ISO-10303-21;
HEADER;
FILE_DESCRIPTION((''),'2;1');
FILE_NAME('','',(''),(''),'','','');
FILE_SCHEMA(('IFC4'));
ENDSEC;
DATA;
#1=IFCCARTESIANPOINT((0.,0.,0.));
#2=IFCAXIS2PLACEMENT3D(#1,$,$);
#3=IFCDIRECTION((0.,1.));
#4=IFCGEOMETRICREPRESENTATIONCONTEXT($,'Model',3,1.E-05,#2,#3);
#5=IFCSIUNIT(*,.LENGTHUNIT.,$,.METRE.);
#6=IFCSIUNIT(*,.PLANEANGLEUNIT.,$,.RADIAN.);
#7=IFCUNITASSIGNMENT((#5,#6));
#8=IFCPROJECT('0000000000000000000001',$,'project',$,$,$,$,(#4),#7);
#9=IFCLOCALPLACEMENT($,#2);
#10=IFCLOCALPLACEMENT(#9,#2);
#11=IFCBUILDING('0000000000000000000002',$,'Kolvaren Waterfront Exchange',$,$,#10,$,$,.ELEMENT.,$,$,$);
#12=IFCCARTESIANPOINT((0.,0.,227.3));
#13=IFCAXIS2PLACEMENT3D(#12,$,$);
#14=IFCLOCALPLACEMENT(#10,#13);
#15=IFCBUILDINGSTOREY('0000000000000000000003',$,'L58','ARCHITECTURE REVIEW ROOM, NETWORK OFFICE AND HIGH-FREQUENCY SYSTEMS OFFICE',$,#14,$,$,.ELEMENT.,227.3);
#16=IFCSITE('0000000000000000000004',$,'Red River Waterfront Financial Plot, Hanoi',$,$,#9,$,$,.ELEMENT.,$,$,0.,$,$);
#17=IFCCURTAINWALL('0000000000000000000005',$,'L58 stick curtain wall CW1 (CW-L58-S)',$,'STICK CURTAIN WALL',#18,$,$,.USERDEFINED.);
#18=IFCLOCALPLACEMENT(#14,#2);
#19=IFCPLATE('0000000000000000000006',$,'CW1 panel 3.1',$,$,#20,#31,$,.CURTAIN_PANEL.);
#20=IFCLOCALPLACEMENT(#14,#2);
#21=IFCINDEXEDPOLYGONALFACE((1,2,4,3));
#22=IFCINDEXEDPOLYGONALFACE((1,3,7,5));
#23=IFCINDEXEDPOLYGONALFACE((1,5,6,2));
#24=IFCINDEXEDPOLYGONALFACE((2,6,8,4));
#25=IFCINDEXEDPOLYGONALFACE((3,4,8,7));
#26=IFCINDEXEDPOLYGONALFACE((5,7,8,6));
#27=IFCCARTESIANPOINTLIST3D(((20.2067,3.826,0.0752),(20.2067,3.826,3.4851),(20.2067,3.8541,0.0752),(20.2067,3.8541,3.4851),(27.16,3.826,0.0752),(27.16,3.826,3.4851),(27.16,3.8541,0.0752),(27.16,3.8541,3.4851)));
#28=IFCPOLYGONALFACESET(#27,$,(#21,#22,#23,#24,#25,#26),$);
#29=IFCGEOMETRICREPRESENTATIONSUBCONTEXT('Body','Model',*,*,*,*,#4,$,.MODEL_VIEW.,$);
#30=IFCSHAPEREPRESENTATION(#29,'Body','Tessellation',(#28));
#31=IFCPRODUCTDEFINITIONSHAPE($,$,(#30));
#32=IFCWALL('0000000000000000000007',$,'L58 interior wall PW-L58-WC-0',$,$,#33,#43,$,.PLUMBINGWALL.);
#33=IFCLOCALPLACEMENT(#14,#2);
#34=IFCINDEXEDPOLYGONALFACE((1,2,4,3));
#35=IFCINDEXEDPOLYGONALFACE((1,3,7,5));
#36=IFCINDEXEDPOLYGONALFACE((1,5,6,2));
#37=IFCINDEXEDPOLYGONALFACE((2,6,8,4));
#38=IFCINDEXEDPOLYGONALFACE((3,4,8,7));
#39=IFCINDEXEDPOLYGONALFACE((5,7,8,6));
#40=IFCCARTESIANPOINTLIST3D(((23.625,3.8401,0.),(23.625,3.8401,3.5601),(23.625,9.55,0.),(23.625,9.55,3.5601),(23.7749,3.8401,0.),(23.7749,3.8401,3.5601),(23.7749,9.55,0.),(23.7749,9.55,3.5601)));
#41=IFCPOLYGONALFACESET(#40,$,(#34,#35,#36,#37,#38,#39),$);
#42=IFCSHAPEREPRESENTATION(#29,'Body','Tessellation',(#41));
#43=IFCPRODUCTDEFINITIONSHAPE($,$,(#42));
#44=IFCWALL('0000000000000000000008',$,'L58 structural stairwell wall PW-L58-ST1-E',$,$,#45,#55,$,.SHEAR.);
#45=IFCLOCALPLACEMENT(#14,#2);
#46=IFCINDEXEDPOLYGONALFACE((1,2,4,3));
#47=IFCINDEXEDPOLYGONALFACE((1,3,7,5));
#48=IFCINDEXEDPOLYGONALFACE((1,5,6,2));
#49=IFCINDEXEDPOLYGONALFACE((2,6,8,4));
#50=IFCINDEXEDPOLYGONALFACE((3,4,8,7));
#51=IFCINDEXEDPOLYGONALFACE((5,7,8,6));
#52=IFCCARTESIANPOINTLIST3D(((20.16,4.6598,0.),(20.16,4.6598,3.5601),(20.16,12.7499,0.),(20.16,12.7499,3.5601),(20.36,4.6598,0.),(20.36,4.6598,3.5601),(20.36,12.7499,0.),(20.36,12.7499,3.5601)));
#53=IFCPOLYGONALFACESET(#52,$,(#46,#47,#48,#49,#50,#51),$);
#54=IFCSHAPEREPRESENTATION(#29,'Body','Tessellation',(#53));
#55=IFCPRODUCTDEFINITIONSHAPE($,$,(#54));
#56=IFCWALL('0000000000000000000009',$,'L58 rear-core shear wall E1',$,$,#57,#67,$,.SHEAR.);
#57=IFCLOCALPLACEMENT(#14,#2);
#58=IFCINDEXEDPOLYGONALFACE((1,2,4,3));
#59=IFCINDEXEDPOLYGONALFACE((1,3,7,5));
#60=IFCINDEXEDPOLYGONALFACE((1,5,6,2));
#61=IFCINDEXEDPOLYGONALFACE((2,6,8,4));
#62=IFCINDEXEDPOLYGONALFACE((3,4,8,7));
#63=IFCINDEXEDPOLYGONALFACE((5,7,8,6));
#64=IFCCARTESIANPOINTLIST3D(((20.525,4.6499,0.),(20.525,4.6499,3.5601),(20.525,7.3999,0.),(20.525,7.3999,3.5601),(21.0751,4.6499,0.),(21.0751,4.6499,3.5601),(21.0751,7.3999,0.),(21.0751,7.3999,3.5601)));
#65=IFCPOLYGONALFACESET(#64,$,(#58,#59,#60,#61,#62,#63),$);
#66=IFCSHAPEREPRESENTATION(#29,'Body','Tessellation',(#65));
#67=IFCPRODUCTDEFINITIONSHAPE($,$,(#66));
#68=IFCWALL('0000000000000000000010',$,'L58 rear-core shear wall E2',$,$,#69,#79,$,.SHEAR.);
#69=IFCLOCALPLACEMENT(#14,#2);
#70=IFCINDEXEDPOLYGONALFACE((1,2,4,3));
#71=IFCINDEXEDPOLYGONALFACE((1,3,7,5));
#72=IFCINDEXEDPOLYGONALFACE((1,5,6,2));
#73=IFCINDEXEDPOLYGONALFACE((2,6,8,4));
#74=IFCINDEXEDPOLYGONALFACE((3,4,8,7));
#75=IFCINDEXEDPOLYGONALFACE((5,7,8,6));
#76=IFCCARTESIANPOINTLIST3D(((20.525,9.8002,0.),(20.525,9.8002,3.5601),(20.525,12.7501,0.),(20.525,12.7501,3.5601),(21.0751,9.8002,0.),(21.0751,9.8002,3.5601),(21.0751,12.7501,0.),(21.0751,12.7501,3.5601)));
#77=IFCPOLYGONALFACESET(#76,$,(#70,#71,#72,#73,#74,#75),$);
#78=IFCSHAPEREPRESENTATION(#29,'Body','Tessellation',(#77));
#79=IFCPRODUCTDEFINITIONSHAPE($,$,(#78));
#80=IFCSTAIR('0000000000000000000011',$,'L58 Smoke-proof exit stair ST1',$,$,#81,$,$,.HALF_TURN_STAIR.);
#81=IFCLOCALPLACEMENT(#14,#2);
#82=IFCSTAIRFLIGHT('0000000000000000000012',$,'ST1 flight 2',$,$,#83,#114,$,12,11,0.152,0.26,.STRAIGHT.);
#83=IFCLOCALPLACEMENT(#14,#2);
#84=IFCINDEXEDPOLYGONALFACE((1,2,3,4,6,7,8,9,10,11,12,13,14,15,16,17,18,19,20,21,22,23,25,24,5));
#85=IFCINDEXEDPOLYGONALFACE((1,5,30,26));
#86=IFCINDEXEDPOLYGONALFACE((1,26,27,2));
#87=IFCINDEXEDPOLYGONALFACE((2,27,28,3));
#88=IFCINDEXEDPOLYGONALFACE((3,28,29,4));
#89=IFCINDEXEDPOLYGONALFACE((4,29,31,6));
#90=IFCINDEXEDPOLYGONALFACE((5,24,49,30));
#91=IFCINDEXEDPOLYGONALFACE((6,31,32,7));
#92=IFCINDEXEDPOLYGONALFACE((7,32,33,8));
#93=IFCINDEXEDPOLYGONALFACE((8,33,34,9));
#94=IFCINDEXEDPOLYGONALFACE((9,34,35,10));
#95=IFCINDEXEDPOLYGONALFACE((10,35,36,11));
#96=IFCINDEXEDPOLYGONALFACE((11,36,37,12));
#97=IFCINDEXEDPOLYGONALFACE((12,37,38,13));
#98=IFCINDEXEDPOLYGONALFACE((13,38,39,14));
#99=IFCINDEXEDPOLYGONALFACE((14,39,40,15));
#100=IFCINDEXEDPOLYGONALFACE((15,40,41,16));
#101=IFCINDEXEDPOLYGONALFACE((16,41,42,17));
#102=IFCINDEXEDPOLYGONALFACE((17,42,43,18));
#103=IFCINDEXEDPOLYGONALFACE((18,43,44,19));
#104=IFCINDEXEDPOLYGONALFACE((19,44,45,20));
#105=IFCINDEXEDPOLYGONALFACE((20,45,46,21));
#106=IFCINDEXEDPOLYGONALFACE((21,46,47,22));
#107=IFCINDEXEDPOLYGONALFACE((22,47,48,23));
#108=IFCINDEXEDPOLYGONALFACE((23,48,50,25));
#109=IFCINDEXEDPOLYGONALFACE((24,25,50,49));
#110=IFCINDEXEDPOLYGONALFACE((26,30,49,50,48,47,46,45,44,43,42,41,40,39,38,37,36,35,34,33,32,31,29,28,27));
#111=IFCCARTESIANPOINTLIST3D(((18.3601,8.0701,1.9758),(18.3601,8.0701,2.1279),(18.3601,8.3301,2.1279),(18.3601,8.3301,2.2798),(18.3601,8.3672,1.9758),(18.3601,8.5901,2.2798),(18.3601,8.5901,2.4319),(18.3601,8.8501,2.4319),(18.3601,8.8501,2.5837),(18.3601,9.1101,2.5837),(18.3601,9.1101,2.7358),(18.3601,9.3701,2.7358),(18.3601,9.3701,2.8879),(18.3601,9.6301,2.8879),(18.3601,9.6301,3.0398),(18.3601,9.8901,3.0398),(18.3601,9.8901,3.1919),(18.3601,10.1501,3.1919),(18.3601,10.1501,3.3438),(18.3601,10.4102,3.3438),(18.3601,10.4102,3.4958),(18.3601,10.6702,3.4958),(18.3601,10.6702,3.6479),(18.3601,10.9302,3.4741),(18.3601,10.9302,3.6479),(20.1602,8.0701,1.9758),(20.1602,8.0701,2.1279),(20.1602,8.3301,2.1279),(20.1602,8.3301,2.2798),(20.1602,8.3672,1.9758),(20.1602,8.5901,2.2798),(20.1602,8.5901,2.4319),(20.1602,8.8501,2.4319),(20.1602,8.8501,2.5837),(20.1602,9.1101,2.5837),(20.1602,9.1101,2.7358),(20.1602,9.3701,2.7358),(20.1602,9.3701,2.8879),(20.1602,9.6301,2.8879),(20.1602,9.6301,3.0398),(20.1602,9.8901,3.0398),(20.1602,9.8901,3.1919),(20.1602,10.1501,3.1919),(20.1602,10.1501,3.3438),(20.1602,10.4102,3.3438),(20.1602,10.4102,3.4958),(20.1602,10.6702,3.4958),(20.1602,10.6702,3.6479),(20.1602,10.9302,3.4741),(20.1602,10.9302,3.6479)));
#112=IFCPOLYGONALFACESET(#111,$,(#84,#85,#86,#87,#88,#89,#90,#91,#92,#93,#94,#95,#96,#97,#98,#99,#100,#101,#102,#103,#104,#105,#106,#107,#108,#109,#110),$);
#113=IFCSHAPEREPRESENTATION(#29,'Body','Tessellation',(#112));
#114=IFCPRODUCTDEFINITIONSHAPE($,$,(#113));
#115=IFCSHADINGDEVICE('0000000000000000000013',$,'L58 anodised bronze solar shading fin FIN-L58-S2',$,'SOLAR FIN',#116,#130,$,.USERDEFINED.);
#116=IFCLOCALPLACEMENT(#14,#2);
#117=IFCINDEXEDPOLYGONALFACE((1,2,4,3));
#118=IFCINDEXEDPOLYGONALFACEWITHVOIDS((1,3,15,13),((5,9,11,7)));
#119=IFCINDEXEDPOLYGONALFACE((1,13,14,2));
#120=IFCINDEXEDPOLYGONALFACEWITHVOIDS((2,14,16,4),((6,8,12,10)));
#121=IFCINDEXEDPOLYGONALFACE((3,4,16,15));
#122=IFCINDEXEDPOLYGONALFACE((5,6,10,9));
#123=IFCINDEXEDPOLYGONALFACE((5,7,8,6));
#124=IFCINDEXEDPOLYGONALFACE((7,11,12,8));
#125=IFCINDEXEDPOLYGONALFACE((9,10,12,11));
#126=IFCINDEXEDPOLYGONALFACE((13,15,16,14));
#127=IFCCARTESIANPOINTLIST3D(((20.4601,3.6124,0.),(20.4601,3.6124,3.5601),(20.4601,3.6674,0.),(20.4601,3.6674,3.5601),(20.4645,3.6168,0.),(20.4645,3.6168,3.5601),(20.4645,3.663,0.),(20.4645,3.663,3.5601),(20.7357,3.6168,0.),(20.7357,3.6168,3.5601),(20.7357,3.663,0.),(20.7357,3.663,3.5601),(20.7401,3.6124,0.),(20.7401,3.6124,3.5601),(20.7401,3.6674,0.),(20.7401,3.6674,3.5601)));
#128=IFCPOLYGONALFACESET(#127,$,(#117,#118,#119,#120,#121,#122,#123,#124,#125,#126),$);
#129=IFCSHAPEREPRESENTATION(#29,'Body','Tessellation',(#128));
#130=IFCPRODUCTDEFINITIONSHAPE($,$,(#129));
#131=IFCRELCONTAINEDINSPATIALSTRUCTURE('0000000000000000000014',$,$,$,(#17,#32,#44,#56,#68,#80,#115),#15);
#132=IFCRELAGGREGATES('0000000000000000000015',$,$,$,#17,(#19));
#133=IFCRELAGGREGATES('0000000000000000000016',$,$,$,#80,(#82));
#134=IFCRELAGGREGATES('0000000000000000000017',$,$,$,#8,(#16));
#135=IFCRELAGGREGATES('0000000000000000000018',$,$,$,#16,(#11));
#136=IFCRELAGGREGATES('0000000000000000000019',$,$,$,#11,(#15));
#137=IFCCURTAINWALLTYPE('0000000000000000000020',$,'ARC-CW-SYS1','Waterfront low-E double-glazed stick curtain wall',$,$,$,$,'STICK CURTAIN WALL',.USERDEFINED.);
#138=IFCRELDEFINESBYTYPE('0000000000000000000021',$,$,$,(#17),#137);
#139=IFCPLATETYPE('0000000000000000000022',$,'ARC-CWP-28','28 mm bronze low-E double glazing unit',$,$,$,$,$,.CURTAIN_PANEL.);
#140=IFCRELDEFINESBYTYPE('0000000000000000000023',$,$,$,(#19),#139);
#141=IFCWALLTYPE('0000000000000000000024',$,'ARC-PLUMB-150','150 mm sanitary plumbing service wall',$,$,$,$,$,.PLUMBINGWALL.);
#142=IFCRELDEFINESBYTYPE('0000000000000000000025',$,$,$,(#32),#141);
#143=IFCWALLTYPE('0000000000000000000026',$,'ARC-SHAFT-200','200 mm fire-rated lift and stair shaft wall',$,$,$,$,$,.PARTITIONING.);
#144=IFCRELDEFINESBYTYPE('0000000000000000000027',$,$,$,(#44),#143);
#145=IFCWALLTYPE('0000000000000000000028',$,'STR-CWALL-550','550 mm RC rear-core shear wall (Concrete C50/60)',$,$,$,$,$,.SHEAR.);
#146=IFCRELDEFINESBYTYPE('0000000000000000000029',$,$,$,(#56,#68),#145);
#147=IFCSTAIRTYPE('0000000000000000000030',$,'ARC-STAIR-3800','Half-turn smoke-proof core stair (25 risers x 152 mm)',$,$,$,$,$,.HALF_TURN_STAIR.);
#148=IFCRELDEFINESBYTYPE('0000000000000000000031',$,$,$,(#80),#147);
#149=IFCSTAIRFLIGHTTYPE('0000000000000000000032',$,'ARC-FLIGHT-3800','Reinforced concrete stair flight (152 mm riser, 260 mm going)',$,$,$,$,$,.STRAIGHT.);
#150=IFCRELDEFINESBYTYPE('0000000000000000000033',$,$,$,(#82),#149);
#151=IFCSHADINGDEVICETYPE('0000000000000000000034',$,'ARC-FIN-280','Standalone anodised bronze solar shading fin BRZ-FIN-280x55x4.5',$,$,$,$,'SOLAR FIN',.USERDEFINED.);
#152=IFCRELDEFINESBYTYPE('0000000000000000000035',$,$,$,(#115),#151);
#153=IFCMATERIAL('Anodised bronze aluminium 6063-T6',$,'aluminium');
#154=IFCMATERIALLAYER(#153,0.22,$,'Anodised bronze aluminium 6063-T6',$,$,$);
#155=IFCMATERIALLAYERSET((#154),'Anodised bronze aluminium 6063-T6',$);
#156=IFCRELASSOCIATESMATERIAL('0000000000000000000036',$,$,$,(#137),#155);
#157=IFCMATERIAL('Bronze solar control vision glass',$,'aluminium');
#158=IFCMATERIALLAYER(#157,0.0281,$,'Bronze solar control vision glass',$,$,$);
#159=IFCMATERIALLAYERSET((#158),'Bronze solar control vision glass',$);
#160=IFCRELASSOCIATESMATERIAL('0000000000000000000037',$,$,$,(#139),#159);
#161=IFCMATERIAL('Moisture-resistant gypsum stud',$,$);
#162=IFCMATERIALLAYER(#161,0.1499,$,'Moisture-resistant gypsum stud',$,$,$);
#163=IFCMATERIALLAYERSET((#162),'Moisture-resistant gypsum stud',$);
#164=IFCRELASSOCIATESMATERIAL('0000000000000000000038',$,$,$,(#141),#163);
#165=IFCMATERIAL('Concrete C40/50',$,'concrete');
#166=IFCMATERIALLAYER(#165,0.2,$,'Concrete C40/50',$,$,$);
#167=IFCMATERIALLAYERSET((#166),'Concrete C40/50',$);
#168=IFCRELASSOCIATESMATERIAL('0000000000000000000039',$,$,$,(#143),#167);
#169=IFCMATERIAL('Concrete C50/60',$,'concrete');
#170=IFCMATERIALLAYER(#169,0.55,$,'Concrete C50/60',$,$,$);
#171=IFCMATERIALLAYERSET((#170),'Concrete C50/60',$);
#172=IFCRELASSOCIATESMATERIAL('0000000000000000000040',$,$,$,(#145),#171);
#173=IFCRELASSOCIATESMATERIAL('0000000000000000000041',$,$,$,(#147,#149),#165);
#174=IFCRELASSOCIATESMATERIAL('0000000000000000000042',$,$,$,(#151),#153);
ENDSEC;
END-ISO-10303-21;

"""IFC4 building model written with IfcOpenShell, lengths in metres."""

from ifc_helpers import new_model, si_unit, direction, frame, frame_2d, origin, origin_with_axes, origin_2d, place, context, subcontext, project, spatial, polyline, rectangle, hollow_rectangle, outline, extrude, source, transform, mapped, material, layer, layer_set, material_profile, profile_set, type_object, element, aggregate, save


model = new_model("IFC4")

# Units and contexts
model_context = context("Model", 3, precision=1e-05, world=origin(), true_north=direction((0.0, 1.0)))
body_context = subcontext(model_context, "Body", "Model", "MODEL_VIEW")
ifc_project = project(units=[si_unit("LENGTHUNIT", "METRE"), si_unit("PLANEANGLEUNIT", "RADIAN")], contexts=[model_context])

# Site, building, storey
site_placement = place(None, origin())
site = spatial("IfcSite", under=ifc_project, at=site_placement, Name="Red River Waterfront Financial Plot, Hanoi", CompositionType="ELEMENT", RefElevation=0.0)
building_placement = place(site_placement, origin())
building = spatial("IfcBuilding", under=site, at=building_placement, Name="Kolvaren Waterfront Exchange", CompositionType="ELEMENT")
storey_placement = place(building_placement, frame((0.0, 0.0, 227.3)))
storey = spatial("IfcBuildingStorey", under=building, at=storey_placement, Name="L58", Description="ARCHITECTURE REVIEW ROOM, NETWORK OFFICE AND HIGH-FREQUENCY SYSTEMS OFFICE", CompositionType="ELEMENT", Elevation=227.3)

# Shared definitions
ifc_material_1 = material(Name="Concrete C50/60", Category="concrete")

# Curtain wall, plate
ifc_material_2 = material(Name="Anodised bronze aluminium 6063-T6", Category="aluminium")
ifc_layer_1 = layer(ifc_material_2, 0.22, Name="Anodised bronze aluminium 6063-T6")
ifc_layer_set_1 = layer_set([ifc_layer_1], Name="Anodised bronze aluminium 6063-T6")
curtain_wall_type = type_object("IfcCurtainWallType", Name="ARC-CW-SYS1", Description="Waterfront low-E double-glazed stick curtain wall", ElementType="STICK CURTAIN WALL", PredefinedType="USERDEFINED", material=ifc_layer_set_1)
curtain_wall_placement = place(storey_placement, origin())
curtain_wall = element("IfcCurtainWall", 1, at=curtain_wall_placement, inside=storey, type_object=curtain_wall_type, Name="L58 stick curtain wall CW1 (CW-L58-S)", ObjectType="STICK CURTAIN WALL", PredefinedType="USERDEFINED")
ifc_material_3 = material(Name="Bronze solar control vision glass", Category="aluminium")
ifc_layer_2 = layer(ifc_material_3, 0.0281, Name="Bronze solar control vision glass")
ifc_layer_set_2 = layer_set([ifc_layer_2], Name="Bronze solar control vision glass")
plate_type = type_object("IfcPlateType", Name="ARC-CWP-28", Description="28 mm bronze low-E double glazing unit", PredefinedType="CURTAIN_PANEL", material=ifc_layer_set_2)
shared_shape_1 = source(origin_with_axes(), body_context, "Body", "SweptSolid", [
    extrude(rectangle(XDim=6.9534, YDim=0.0281, at=origin_2d()), origin(), (0.0, 0.0, 1.0), 3.4099),
])
plate_placement = place(storey_placement, frame((23.6833, 3.8401, 0.0752), z_axis=(0.0, 0.0, 1.0), x_axis=(1.0, 0.0, 0.0)))
plate = element("IfcPlate", 2, at=plate_placement, type_object=plate_type, Name="CW1 panel 3.1", PredefinedType="CURTAIN_PANEL", context=body_context, shape_type="MappedRepresentation", body=[
    mapped(shared_shape_1, transform((0.0, 0.0, 0.0), x_axis=(1.0, 0.0, 0.0), y_axis=(0.0, 1.0, 0.0), z_axis=(0.0, 0.0, 1.0), scale=1.0)),
])
aggregate(curtain_wall, [plate])

# Walls
ifc_material_4 = material(Name="Moisture-resistant gypsum stud")
ifc_layer_3 = layer(ifc_material_4, 0.1499, Name="Moisture-resistant gypsum stud")
ifc_layer_set_3 = layer_set([ifc_layer_3], Name="Moisture-resistant gypsum stud")
wall_type_1 = type_object("IfcWallType", Name="ARC-PLUMB-150", Description="150 mm sanitary plumbing service wall", PredefinedType="PLUMBINGWALL", material=ifc_layer_set_3)
wall_1_placement = place(storey_placement, frame((23.7, 3.8401, 0.0), z_axis=(0.0, 0.0, 1.0), x_axis=(0.0, 1.0, 0.0)))
element("IfcWall", 3, at=wall_1_placement, inside=storey, type_object=wall_type_1, Name="L58 interior wall PW-L58-WC-0", PredefinedType="PLUMBINGWALL", context=body_context, shape_type="SweptSolid", body=[
    extrude(rectangle(XDim=5.71, YDim=0.1499, at=frame_2d((2.855, 0.0))), origin(), (0.0, 0.0, 1.0), 3.5601),
])
ifc_material_5 = material(Name="Concrete C40/50", Category="concrete")
ifc_layer_4 = layer(ifc_material_5, 0.2, Name="Concrete C40/50")
ifc_layer_set_4 = layer_set([ifc_layer_4], Name="Concrete C40/50")
wall_type_2 = type_object("IfcWallType", Name="ARC-SHAFT-200", Description="200 mm fire-rated lift and stair shaft wall", PredefinedType="PARTITIONING", material=ifc_layer_set_4)
wall_2_placement = place(storey_placement, frame((20.26, 4.6599, 0.0), z_axis=(0.0, 0.0, 1.0), x_axis=(0.0, 1.0, 0.0)))
element("IfcWall", 4, at=wall_2_placement, inside=storey, type_object=wall_type_2, Name="L58 structural stairwell wall PW-L58-ST1-E", PredefinedType="SHEAR", context=body_context, shape_type="SweptSolid", body=[
    extrude(rectangle(XDim=8.0901, YDim=0.2, at=frame_2d((4.0449, 0.0))), origin(), (0.0, 0.0, 1.0), 3.5601),
])
ifc_layer_5 = layer(ifc_material_1, 0.55, Name="Concrete C50/60")
ifc_layer_set_5 = layer_set([ifc_layer_5], Name="Concrete C50/60")
wall_type_3 = type_object("IfcWallType", Name="STR-CWALL-550", Description="550 mm RC rear-core shear wall (Concrete C50/60)", PredefinedType="SHEAR", material=ifc_layer_set_5)
wall_3_placement = place(storey_placement, frame((20.8, 4.6499, 0.0), z_axis=(0.0, 0.0, 1.0), x_axis=(0.0, 1.0, 0.0)))
element("IfcWall", 5, at=wall_3_placement, inside=storey, type_object=wall_type_3, Name="L58 rear-core shear wall E1", PredefinedType="SHEAR", context=body_context, shape_type="SweptSolid", body=[
    extrude(rectangle(XDim=2.75, YDim=0.55, at=frame_2d((1.375, 0.0))), origin(), (0.0, 0.0, 1.0), 3.5601),
])
wall_4_placement = place(storey_placement, frame((20.8, 9.8, 0.0), z_axis=(0.0, 0.0, 1.0), x_axis=(0.0, 1.0, 0.0)))
element("IfcWall", 6, at=wall_4_placement, inside=storey, type_object=wall_type_3, Name="L58 rear-core shear wall E2", PredefinedType="SHEAR", context=body_context, shape_type="SweptSolid", body=[
    extrude(rectangle(XDim=2.95, YDim=0.55, at=frame_2d((1.4751, 0.0))), origin(), (0.0, 0.0, 1.0), 3.5601),
])

# Stair, stair flight
stair_type = type_object("IfcStairType", Name="ARC-STAIR-3800", Description="Half-turn smoke-proof core stair (25 risers x 152 mm)", PredefinedType="HALF_TURN_STAIR", material=ifc_material_5)
stair_placement = place(storey_placement, origin())
stair = element("IfcStair", 7, at=stair_placement, inside=storey, type_object=stair_type, Name="L58 Smoke-proof exit stair ST1", PredefinedType="HALF_TURN_STAIR")
stair_flight_type = type_object("IfcStairFlightType", Name="ARC-FLIGHT-3800", Description="Reinforced concrete stair flight (152 mm riser, 260 mm going)", PredefinedType="STRAIGHT", material=ifc_material_5)
stair_flight_placement = place(storey_placement, frame((19.26, 8.0701, 1.9758), z_axis=(0.0, 0.0, 1.0), x_axis=(0.0, 1.0, 0.0)))
stair_flight = element("IfcStairFlight", 8, at=stair_flight_placement, type_object=stair_flight_type, Name="ST1 flight 2", NumberOfRisers=12, NumberOfTreads=11, PredefinedType="STRAIGHT", RiserHeight=0.152, TreadLength=0.26, context=body_context, shape_type="SweptSolid", body=[
    extrude(outline(polyline([(0.0, 0.0), (0.0, 0.1521), (0.26, 0.1521), (0.26, 0.304), (0.52, 0.304), (0.52, 0.4561), (0.78, 0.4561), (0.78, 0.6079), (1.04, 0.6079), (1.04, 0.76), (1.3, 0.76), (1.3, 0.9121), (1.5601, 0.9121), (1.5601, 1.064), (1.8201, 1.064), (1.8201, 1.2161), (2.0801, 1.2161), (2.0801, 1.3679), (2.3401, 1.3679), (2.3401, 1.52), (2.6001, 1.52), (2.6001, 1.6721), (2.8601, 1.6721), (2.8601, 1.824), (2.8601, 1.4983), (0.2971, 0.0), (0.0, 0.0)])), frame((0.0, 0.8999, 0.0), z_axis=(0.0, -1.0, 0.0), x_axis=(1.0, 0.0, 0.0)), (0.0, 0.0, 1.0), 1.8),
])
aggregate(stair, [stair_flight])

# Shading device
ifc_material_profile_1 = material_profile(ifc_material_2, hollow_rectangle(XDim=0.0549, YDim=0.28, WallThickness=0.0044, at=origin_2d()), Name="BRZ-FIN-280x55x4.5")
ifc_profile_set_1 = profile_set([ifc_material_profile_1], Name="Anodised bronze aluminium 6063-T6")
shading_device_type = type_object("IfcShadingDeviceType", Name="ARC-FIN-280", Description="Standalone anodised bronze solar shading fin BRZ-FIN-280x55x4.5", ElementType="SOLAR FIN", PredefinedType="USERDEFINED", material=ifc_profile_set_1)
shading_device_placement = place(storey_placement, frame((20.6001, 3.6399, 0.0), z_axis=(0.0, 0.0, 1.0), x_axis=(0.0, -1.0, 0.0)))
element("IfcShadingDevice", 9, at=shading_device_placement, inside=storey, type_object=shading_device_type, Name="L58 anodised bronze solar shading fin FIN-L58-S2", ObjectType="SOLAR FIN", PredefinedType="USERDEFINED", context=body_context, shape_type="SweptSolid", body=[
    extrude(hollow_rectangle(XDim=0.0549, YDim=0.28, WallThickness=0.0044, at=origin_2d()), origin(), (0.0, 0.0, 1.0), 3.5601),
])

save(model, "model.ifc")
